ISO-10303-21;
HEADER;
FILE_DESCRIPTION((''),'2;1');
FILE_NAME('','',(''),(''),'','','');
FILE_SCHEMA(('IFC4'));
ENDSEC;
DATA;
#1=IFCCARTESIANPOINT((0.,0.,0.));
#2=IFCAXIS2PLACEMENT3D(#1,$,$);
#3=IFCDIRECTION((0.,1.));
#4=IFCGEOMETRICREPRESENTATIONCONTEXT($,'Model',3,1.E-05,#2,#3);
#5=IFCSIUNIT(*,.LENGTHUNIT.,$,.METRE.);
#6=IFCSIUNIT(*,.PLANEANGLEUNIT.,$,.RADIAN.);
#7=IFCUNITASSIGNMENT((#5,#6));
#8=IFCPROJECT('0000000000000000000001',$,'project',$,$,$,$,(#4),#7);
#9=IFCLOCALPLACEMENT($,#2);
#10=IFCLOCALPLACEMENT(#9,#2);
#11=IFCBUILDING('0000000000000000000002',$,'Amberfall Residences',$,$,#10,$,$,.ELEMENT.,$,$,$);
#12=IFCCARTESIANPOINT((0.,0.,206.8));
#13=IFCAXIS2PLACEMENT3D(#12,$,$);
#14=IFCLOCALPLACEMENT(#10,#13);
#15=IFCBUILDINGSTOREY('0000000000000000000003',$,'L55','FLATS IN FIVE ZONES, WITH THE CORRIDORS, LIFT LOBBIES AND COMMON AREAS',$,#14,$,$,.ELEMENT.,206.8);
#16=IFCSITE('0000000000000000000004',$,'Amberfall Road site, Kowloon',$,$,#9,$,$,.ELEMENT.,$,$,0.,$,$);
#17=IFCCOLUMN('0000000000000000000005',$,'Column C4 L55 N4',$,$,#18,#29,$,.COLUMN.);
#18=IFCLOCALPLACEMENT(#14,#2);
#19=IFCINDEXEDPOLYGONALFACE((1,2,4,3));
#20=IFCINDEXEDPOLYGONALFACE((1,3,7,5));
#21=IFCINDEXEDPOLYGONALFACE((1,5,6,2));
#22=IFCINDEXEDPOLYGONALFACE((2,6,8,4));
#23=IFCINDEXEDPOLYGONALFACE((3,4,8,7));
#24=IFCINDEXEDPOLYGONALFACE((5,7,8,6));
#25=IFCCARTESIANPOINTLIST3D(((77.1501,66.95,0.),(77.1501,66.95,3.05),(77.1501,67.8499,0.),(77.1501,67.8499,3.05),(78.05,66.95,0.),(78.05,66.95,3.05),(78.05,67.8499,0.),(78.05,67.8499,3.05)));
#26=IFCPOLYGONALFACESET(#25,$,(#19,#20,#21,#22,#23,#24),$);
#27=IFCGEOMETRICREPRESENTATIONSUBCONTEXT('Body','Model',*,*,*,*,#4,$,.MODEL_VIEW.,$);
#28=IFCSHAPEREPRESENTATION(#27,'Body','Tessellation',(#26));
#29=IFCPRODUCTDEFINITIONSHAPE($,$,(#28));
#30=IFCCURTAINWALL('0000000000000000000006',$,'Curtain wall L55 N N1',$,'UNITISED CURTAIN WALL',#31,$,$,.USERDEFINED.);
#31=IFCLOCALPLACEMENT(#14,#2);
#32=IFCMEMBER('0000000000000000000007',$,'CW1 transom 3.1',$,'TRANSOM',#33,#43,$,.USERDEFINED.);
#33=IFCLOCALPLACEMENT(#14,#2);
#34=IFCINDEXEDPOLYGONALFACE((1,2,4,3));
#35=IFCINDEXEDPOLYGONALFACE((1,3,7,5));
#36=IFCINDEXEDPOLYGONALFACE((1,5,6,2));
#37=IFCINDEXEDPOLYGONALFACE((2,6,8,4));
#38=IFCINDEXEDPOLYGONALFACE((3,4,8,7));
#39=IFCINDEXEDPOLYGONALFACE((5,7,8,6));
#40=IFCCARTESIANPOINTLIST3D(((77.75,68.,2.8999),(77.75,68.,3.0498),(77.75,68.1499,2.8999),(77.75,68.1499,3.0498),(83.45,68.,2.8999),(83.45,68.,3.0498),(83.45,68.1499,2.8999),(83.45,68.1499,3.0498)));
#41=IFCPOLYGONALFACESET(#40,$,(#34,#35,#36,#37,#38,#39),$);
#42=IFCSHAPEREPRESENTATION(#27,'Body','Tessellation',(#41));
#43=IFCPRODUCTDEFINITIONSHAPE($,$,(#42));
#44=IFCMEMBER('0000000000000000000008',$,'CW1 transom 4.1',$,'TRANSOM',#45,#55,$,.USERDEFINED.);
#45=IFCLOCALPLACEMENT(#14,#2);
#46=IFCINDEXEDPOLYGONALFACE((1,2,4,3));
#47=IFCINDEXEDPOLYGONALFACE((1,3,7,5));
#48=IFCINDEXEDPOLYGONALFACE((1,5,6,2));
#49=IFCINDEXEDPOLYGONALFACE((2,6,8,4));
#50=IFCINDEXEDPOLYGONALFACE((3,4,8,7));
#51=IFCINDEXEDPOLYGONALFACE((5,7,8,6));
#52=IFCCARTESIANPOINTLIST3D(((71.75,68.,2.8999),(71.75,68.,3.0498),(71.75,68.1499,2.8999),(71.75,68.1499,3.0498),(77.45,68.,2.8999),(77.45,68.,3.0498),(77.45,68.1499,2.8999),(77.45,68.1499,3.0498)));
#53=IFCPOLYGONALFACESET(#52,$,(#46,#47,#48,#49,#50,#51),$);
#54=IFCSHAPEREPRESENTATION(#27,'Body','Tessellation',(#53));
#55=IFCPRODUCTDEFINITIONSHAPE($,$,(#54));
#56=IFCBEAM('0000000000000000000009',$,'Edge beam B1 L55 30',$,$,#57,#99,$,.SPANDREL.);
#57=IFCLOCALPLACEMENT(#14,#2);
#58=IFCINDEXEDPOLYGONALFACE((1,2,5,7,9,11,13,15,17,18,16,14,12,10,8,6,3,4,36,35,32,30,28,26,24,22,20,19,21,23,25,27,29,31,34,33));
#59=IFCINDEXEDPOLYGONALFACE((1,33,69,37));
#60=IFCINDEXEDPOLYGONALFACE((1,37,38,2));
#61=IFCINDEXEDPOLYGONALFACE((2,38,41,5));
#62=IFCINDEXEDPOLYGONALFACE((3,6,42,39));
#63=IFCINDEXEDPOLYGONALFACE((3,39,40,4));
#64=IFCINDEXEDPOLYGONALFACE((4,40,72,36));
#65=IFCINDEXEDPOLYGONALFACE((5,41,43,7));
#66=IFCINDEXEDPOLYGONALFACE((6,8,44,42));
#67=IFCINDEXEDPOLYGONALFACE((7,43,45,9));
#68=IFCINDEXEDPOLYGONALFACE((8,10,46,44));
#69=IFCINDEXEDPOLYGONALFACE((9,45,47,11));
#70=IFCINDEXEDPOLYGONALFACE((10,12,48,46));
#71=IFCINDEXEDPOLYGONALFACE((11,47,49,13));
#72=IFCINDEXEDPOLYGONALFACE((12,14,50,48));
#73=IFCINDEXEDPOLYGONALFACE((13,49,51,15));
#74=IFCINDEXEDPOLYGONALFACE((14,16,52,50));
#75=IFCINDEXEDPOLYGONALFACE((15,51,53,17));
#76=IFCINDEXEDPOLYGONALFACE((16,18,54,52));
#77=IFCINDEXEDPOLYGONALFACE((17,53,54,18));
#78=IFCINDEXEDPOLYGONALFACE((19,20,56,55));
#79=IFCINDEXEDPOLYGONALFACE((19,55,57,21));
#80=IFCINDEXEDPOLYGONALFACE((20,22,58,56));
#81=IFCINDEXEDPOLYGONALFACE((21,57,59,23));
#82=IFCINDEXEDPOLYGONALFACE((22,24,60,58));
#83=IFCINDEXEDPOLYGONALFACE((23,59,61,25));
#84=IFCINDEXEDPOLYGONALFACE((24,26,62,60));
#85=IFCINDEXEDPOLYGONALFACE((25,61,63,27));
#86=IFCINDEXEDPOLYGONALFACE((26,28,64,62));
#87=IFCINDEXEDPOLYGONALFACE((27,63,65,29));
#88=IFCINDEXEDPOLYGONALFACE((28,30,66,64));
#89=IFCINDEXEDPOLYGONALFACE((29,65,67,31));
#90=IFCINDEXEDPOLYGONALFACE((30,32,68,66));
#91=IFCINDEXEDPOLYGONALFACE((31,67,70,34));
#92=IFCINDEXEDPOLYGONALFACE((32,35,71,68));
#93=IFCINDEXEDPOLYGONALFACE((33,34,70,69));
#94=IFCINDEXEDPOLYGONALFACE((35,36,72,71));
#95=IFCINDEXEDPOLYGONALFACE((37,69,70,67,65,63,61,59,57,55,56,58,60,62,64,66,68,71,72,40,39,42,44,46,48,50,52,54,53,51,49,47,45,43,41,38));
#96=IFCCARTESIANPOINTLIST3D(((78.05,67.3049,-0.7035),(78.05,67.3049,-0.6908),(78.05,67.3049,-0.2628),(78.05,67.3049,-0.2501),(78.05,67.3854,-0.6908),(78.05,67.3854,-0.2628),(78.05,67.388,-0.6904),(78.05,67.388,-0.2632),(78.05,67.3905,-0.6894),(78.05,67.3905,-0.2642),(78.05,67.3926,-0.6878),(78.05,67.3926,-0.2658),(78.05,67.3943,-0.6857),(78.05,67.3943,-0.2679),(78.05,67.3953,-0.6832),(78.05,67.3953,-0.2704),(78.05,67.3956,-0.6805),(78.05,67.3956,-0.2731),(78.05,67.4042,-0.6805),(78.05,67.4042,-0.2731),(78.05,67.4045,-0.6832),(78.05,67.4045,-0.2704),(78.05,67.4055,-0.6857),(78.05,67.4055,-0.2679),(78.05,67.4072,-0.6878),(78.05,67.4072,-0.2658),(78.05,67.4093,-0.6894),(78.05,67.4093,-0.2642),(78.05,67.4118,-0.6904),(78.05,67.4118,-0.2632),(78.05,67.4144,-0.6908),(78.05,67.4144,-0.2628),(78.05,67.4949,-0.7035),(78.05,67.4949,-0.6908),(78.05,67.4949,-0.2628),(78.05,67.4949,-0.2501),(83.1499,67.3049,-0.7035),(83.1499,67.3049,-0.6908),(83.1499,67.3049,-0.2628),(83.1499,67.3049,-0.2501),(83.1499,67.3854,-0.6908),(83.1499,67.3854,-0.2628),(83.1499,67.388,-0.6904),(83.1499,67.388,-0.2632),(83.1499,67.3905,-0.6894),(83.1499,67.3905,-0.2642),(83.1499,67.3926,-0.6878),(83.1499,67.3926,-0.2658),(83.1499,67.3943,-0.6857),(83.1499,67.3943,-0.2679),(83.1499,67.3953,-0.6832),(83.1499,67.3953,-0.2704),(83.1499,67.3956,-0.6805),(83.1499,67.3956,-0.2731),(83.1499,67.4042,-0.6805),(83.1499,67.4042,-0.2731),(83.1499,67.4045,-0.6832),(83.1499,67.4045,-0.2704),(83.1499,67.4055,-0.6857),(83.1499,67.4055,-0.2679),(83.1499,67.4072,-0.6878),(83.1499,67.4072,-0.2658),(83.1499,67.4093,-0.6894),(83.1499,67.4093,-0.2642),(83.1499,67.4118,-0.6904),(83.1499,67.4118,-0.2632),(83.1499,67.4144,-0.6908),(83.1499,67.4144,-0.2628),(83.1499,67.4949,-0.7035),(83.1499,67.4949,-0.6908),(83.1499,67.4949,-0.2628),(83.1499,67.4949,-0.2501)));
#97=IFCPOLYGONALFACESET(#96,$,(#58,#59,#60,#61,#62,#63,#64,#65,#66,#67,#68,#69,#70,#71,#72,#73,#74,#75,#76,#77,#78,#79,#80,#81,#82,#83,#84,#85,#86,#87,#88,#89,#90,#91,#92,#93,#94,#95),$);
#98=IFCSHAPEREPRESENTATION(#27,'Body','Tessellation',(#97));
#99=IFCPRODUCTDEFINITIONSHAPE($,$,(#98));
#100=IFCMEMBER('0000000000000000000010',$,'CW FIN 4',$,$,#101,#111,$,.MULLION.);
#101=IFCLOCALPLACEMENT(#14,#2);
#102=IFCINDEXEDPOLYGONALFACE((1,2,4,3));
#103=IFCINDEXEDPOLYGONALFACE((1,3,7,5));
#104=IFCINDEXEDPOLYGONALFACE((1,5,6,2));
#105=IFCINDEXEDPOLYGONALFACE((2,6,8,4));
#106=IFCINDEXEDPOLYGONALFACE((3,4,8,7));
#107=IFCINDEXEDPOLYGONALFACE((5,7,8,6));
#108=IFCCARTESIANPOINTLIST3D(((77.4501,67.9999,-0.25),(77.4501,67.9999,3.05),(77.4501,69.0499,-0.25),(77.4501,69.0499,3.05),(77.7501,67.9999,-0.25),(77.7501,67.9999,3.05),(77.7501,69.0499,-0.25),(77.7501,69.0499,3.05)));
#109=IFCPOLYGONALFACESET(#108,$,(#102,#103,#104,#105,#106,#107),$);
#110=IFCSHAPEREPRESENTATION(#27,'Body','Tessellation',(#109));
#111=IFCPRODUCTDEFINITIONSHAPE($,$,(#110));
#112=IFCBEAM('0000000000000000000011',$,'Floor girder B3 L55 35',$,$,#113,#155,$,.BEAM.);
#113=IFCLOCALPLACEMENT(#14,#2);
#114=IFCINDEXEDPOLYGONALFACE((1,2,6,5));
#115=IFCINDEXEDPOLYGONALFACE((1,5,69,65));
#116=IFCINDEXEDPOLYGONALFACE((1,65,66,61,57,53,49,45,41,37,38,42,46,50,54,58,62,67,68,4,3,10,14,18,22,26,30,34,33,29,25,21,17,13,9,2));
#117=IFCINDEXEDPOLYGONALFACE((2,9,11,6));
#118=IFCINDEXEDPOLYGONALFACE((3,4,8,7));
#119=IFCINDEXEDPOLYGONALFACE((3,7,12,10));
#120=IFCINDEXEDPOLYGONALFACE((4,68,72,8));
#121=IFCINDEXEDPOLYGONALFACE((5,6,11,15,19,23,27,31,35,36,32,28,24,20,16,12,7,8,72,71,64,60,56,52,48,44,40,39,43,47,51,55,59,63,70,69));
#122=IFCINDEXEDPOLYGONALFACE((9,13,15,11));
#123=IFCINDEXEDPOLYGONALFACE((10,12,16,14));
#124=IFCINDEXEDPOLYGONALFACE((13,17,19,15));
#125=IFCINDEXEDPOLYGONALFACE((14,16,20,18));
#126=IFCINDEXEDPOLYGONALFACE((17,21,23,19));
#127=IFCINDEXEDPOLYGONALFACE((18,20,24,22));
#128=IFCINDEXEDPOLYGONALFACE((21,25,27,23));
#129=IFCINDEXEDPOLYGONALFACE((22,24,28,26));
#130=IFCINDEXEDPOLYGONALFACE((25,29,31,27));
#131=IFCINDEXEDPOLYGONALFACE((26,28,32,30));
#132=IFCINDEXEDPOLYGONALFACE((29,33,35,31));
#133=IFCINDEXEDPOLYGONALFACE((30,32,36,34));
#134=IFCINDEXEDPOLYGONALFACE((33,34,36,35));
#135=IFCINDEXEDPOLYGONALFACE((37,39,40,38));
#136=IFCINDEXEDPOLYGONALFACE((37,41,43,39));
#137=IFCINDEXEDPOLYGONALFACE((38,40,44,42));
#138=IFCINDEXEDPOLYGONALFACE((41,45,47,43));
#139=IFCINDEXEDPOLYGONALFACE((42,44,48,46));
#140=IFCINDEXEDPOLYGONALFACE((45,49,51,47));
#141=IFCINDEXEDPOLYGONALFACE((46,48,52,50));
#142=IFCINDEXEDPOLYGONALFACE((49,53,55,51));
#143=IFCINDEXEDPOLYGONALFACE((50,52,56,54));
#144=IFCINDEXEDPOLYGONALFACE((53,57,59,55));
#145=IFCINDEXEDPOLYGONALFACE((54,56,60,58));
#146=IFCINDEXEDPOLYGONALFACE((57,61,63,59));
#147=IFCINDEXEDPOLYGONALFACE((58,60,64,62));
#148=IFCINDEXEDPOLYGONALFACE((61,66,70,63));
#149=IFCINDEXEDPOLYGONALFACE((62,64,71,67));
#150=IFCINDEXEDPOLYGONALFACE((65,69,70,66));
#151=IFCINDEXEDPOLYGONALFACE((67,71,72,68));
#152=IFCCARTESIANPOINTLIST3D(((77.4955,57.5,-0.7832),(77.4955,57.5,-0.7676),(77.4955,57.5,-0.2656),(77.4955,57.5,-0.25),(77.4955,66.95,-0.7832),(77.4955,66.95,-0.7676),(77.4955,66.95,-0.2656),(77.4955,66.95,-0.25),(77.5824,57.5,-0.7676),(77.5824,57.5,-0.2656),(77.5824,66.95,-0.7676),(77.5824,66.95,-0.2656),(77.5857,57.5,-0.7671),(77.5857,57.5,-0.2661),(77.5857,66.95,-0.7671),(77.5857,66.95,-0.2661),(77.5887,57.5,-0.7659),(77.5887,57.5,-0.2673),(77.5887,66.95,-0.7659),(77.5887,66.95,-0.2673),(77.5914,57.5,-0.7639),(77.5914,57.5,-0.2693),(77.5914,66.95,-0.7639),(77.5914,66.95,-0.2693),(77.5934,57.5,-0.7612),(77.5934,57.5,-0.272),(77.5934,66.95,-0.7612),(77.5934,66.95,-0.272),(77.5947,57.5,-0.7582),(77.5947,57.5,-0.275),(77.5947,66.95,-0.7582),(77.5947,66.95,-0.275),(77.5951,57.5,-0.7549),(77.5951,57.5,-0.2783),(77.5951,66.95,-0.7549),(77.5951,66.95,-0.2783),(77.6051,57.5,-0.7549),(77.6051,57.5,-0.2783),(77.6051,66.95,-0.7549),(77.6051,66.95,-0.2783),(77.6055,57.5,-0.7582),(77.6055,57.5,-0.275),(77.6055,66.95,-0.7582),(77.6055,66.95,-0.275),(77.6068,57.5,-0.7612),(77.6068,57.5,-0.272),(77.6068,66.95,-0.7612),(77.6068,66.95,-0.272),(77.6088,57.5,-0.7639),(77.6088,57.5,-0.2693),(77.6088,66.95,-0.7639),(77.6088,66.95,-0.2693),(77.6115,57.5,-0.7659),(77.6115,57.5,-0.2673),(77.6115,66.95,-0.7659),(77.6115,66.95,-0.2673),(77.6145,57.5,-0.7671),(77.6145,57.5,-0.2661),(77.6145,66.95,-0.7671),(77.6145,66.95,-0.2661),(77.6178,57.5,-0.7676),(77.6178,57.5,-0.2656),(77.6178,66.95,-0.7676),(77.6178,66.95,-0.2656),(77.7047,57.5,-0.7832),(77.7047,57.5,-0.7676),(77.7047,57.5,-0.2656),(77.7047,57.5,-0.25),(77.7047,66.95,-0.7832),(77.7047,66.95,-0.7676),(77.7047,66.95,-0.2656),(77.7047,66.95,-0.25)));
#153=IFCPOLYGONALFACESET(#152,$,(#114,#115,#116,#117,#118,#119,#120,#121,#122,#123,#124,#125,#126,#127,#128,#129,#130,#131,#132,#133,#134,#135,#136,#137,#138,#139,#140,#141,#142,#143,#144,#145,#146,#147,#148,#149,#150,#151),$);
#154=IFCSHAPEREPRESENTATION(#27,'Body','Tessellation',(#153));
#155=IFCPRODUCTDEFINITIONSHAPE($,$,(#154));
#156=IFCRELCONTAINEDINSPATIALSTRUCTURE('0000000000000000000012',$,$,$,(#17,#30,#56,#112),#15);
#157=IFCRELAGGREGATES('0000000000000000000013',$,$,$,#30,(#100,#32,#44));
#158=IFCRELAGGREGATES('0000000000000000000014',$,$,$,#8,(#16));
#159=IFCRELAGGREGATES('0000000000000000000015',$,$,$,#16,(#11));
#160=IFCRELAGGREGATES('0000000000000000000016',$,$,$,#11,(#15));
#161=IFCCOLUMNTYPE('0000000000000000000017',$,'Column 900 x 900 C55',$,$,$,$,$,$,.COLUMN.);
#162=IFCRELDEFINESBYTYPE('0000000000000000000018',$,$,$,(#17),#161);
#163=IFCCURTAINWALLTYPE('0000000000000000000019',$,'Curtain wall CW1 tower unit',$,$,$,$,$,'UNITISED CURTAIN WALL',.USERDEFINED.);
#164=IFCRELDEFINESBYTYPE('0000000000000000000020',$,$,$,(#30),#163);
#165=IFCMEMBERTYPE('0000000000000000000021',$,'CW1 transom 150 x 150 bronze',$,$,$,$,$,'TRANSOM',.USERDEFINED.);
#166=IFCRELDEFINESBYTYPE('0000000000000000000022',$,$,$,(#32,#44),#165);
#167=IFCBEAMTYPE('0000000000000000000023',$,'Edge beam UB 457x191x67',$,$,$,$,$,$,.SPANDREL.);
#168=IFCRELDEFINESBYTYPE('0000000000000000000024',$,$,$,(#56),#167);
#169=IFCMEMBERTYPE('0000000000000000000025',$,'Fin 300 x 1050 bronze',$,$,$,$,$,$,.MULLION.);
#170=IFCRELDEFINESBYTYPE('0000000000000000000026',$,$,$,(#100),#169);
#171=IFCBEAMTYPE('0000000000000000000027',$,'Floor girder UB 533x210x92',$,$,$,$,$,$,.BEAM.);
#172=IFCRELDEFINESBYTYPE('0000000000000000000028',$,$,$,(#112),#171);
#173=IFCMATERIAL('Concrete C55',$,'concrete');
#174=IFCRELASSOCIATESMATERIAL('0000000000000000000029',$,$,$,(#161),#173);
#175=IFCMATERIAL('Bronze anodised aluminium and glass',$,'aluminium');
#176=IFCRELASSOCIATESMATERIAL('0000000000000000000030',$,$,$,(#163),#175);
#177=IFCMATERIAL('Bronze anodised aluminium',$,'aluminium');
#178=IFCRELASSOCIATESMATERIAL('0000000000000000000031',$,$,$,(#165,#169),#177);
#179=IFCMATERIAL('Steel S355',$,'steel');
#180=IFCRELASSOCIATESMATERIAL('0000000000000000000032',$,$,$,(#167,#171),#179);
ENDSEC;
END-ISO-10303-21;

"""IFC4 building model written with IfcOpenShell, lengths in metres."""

from ifc_helpers import new_model, si_unit, direction, frame, origin, origin_2d, place, context, subcontext, project, spatial, rectangle, i_section, extrude, material, material_profile, profile_set, type_object, element, aggregate, save


model = new_model("IFC4")

# Units and contexts
model_context = context("Model", 3, precision=1e-05, world=origin(), true_north=direction((0.0, 1.0)))
body_context = subcontext(model_context, "Body", "Model", "MODEL_VIEW")
ifc_project = project(units=[si_unit("LENGTHUNIT", "METRE"), si_unit("PLANEANGLEUNIT", "RADIAN")], contexts=[model_context])

# Site, building, storey
site_placement = place(None, origin())
site = spatial("IfcSite", under=ifc_project, at=site_placement, Name="Amberfall Road site, Kowloon", CompositionType="ELEMENT", RefElevation=0.0)
building_placement = place(site_placement, origin())
building = spatial("IfcBuilding", under=site, at=building_placement, Name="Amberfall Residences", CompositionType="ELEMENT")
storey_placement = place(building_placement, frame((0.0, 0.0, 206.8)))
storey = spatial("IfcBuildingStorey", under=building, at=storey_placement, Name="L55", Description="FLATS IN FIVE ZONES, WITH THE CORRIDORS, LIFT LOBBIES AND COMMON AREAS", CompositionType="ELEMENT", Elevation=206.8)

# Column
ifc_material_1 = material(Name="Concrete C55", Category="concrete")
ifc_material_profile_1 = material_profile(ifc_material_1, rectangle(XDim=0.8999, YDim=0.8999, at=origin_2d()), Name="Column 900 x 900 C55")
ifc_profile_set_1 = profile_set([ifc_material_profile_1], Name="Concrete C55")
column_type = type_object("IfcColumnType", Name="Column 900 x 900 C55", PredefinedType="COLUMN", material=ifc_profile_set_1)
column_placement = place(storey_placement, frame((77.6001, 67.3999, 0.0), z_axis=(0.0, 0.0, 1.0), x_axis=(1.0, 0.0, 0.0)))
element("IfcColumn", 1, at=column_placement, inside=storey, type_object=column_type, Name="Column C4 L55 N4", PredefinedType="COLUMN", context=body_context, shape_type="SweptSolid", body=[
    extrude(rectangle(XDim=0.8999, YDim=0.8999, at=origin_2d()), origin(), (0.0, 0.0, 1.0), 3.05),
])

# Curtain wall, members
ifc_material_2 = material(Name="Bronze anodised aluminium and glass", Category="aluminium")
curtain_wall_type = type_object("IfcCurtainWallType", Name="Curtain wall CW1 tower unit", ElementType="UNITISED CURTAIN WALL", PredefinedType="USERDEFINED", material=ifc_material_2)
curtain_wall_placement = place(storey_placement, origin())
curtain_wall = element("IfcCurtainWall", 2, at=curtain_wall_placement, inside=storey, type_object=curtain_wall_type, Name="Curtain wall L55 N N1", ObjectType="UNITISED CURTAIN WALL", PredefinedType="USERDEFINED")
ifc_material_3 = material(Name="Bronze anodised aluminium", Category="aluminium")
ifc_material_profile_2 = material_profile(ifc_material_3, rectangle(XDim=0.1499, YDim=0.1499, at=origin_2d()), Name="CW1 transom 150 x 150 bronze")
ifc_profile_set_2 = profile_set([ifc_material_profile_2], Name="Bronze anodised aluminium")
member_type_1 = type_object("IfcMemberType", Name="CW1 transom 150 x 150 bronze", ElementType="TRANSOM", PredefinedType="USERDEFINED", material=ifc_profile_set_2)
member_1_placement = place(storey_placement, frame((83.45, 68.075, 2.9749), z_axis=(-1.0, 0.0, 0.0), x_axis=(0.0, -1.0, 0.0)))
member_1 = element("IfcMember", 3, at=member_1_placement, type_object=member_type_1, Name="CW1 transom 3.1", ObjectType="TRANSOM", PredefinedType="USERDEFINED", context=body_context, shape_type="SweptSolid", body=[
    extrude(rectangle(XDim=0.1499, YDim=0.1499, at=origin_2d()), origin(), (0.0, 0.0, 1.0), 5.7),
])
member_2_placement = place(storey_placement, frame((77.45, 68.075, 2.9749), z_axis=(-1.0, 0.0, 0.0), x_axis=(0.0, -1.0, 0.0)))
member_2 = element("IfcMember", 4, at=member_2_placement, type_object=member_type_1, Name="CW1 transom 4.1", ObjectType="TRANSOM", PredefinedType="USERDEFINED", context=body_context, shape_type="SweptSolid", body=[
    extrude(rectangle(XDim=0.1499, YDim=0.1499, at=origin_2d()), origin(), (0.0, 0.0, 1.0), 5.7),
])

# Beam
ifc_material_4 = material(Name="Steel S355", Category="steel")
ifc_material_profile_3 = material_profile(ifc_material_4, i_section(OverallWidth=0.1899, OverallDepth=0.4534, WebThickness=0.0085, FlangeThickness=0.0127, FilletRadius=0.0103, at=origin_2d()), Name="UB 457x191x67")
ifc_profile_set_3 = profile_set([ifc_material_profile_3], Name="Steel S355")
beam_type_1 = type_object("IfcBeamType", Name="Edge beam UB 457x191x67", PredefinedType="SPANDREL", material=ifc_profile_set_3)
beam_placement = place(storey_placement, frame((78.05, 67.3999, -0.4768), z_axis=(1.0, 0.0, 0.0), x_axis=(0.0, 1.0, 0.0)))
element("IfcBeam", 5, at=beam_placement, inside=storey, type_object=beam_type_1, Name="Edge beam B1 L55 30", PredefinedType="SPANDREL", context=body_context, shape_type="SweptSolid", body=[
    extrude(i_section(OverallWidth=0.1899, OverallDepth=0.4534, WebThickness=0.0085, FlangeThickness=0.0127, FilletRadius=0.0103, at=origin_2d()), origin(), (0.0, 0.0, 1.0), 5.0999),
])

# Member
ifc_material_profile_4 = material_profile(ifc_material_3, rectangle(XDim=1.05, YDim=0.3, at=origin_2d()), Name="Fin 300 x 1050 bronze")
ifc_profile_set_4 = profile_set([ifc_material_profile_4], Name="Bronze anodised aluminium")
member_type_2 = type_object("IfcMemberType", Name="Fin 300 x 1050 bronze", PredefinedType="MULLION", material=ifc_profile_set_4)
member_3_placement = place(storey_placement, frame((77.6001, 68.5249, -0.25), z_axis=(0.0, 0.0, 1.0), x_axis=(0.0, -1.0, 0.0)))
member_3 = element("IfcMember", 6, at=member_3_placement, type_object=member_type_2, Name="CW FIN 4", PredefinedType="MULLION", context=body_context, shape_type="SweptSolid", body=[
    extrude(rectangle(XDim=1.05, YDim=0.3, at=origin_2d()), origin(), (0.0, 0.0, 1.0), 3.3),
])

# Beam
ifc_material_profile_5 = material_profile(ifc_material_4, i_section(OverallWidth=0.2092, OverallDepth=0.5332, WebThickness=0.01, FlangeThickness=0.0156, FilletRadius=0.0127, at=origin_2d()), Name="UB 533x210x92")
ifc_profile_set_5 = profile_set([ifc_material_profile_5], Name="Steel S355")
beam_type_2 = type_object("IfcBeamType", Name="Floor girder UB 533x210x92", PredefinedType="BEAM", material=ifc_profile_set_5)
for number, where, z_axis, x_axis, name in (
    (7, (77.6001, 66.95, -0.5166), (0.0, -1.0, 0.0), (1.0, 0.0, 0.0), "Floor girder B3 L55 35"),
):
    element("IfcBeam", number, at=place(storey_placement, frame(where, z_axis=z_axis, x_axis=x_axis)), inside=storey, type_object=beam_type_2, Name=name, PredefinedType="BEAM", context=body_context, shape_type="SweptSolid", body=[
        extrude(i_section(OverallWidth=0.2092, OverallDepth=0.5332, WebThickness=0.01, FlangeThickness=0.0156, FilletRadius=0.0127, at=origin_2d()), origin(), (0.0, 0.0, 1.0), 9.45),
    ])

aggregate(curtain_wall, [member_3, member_1, member_2])

save(model, "model.ifc")
